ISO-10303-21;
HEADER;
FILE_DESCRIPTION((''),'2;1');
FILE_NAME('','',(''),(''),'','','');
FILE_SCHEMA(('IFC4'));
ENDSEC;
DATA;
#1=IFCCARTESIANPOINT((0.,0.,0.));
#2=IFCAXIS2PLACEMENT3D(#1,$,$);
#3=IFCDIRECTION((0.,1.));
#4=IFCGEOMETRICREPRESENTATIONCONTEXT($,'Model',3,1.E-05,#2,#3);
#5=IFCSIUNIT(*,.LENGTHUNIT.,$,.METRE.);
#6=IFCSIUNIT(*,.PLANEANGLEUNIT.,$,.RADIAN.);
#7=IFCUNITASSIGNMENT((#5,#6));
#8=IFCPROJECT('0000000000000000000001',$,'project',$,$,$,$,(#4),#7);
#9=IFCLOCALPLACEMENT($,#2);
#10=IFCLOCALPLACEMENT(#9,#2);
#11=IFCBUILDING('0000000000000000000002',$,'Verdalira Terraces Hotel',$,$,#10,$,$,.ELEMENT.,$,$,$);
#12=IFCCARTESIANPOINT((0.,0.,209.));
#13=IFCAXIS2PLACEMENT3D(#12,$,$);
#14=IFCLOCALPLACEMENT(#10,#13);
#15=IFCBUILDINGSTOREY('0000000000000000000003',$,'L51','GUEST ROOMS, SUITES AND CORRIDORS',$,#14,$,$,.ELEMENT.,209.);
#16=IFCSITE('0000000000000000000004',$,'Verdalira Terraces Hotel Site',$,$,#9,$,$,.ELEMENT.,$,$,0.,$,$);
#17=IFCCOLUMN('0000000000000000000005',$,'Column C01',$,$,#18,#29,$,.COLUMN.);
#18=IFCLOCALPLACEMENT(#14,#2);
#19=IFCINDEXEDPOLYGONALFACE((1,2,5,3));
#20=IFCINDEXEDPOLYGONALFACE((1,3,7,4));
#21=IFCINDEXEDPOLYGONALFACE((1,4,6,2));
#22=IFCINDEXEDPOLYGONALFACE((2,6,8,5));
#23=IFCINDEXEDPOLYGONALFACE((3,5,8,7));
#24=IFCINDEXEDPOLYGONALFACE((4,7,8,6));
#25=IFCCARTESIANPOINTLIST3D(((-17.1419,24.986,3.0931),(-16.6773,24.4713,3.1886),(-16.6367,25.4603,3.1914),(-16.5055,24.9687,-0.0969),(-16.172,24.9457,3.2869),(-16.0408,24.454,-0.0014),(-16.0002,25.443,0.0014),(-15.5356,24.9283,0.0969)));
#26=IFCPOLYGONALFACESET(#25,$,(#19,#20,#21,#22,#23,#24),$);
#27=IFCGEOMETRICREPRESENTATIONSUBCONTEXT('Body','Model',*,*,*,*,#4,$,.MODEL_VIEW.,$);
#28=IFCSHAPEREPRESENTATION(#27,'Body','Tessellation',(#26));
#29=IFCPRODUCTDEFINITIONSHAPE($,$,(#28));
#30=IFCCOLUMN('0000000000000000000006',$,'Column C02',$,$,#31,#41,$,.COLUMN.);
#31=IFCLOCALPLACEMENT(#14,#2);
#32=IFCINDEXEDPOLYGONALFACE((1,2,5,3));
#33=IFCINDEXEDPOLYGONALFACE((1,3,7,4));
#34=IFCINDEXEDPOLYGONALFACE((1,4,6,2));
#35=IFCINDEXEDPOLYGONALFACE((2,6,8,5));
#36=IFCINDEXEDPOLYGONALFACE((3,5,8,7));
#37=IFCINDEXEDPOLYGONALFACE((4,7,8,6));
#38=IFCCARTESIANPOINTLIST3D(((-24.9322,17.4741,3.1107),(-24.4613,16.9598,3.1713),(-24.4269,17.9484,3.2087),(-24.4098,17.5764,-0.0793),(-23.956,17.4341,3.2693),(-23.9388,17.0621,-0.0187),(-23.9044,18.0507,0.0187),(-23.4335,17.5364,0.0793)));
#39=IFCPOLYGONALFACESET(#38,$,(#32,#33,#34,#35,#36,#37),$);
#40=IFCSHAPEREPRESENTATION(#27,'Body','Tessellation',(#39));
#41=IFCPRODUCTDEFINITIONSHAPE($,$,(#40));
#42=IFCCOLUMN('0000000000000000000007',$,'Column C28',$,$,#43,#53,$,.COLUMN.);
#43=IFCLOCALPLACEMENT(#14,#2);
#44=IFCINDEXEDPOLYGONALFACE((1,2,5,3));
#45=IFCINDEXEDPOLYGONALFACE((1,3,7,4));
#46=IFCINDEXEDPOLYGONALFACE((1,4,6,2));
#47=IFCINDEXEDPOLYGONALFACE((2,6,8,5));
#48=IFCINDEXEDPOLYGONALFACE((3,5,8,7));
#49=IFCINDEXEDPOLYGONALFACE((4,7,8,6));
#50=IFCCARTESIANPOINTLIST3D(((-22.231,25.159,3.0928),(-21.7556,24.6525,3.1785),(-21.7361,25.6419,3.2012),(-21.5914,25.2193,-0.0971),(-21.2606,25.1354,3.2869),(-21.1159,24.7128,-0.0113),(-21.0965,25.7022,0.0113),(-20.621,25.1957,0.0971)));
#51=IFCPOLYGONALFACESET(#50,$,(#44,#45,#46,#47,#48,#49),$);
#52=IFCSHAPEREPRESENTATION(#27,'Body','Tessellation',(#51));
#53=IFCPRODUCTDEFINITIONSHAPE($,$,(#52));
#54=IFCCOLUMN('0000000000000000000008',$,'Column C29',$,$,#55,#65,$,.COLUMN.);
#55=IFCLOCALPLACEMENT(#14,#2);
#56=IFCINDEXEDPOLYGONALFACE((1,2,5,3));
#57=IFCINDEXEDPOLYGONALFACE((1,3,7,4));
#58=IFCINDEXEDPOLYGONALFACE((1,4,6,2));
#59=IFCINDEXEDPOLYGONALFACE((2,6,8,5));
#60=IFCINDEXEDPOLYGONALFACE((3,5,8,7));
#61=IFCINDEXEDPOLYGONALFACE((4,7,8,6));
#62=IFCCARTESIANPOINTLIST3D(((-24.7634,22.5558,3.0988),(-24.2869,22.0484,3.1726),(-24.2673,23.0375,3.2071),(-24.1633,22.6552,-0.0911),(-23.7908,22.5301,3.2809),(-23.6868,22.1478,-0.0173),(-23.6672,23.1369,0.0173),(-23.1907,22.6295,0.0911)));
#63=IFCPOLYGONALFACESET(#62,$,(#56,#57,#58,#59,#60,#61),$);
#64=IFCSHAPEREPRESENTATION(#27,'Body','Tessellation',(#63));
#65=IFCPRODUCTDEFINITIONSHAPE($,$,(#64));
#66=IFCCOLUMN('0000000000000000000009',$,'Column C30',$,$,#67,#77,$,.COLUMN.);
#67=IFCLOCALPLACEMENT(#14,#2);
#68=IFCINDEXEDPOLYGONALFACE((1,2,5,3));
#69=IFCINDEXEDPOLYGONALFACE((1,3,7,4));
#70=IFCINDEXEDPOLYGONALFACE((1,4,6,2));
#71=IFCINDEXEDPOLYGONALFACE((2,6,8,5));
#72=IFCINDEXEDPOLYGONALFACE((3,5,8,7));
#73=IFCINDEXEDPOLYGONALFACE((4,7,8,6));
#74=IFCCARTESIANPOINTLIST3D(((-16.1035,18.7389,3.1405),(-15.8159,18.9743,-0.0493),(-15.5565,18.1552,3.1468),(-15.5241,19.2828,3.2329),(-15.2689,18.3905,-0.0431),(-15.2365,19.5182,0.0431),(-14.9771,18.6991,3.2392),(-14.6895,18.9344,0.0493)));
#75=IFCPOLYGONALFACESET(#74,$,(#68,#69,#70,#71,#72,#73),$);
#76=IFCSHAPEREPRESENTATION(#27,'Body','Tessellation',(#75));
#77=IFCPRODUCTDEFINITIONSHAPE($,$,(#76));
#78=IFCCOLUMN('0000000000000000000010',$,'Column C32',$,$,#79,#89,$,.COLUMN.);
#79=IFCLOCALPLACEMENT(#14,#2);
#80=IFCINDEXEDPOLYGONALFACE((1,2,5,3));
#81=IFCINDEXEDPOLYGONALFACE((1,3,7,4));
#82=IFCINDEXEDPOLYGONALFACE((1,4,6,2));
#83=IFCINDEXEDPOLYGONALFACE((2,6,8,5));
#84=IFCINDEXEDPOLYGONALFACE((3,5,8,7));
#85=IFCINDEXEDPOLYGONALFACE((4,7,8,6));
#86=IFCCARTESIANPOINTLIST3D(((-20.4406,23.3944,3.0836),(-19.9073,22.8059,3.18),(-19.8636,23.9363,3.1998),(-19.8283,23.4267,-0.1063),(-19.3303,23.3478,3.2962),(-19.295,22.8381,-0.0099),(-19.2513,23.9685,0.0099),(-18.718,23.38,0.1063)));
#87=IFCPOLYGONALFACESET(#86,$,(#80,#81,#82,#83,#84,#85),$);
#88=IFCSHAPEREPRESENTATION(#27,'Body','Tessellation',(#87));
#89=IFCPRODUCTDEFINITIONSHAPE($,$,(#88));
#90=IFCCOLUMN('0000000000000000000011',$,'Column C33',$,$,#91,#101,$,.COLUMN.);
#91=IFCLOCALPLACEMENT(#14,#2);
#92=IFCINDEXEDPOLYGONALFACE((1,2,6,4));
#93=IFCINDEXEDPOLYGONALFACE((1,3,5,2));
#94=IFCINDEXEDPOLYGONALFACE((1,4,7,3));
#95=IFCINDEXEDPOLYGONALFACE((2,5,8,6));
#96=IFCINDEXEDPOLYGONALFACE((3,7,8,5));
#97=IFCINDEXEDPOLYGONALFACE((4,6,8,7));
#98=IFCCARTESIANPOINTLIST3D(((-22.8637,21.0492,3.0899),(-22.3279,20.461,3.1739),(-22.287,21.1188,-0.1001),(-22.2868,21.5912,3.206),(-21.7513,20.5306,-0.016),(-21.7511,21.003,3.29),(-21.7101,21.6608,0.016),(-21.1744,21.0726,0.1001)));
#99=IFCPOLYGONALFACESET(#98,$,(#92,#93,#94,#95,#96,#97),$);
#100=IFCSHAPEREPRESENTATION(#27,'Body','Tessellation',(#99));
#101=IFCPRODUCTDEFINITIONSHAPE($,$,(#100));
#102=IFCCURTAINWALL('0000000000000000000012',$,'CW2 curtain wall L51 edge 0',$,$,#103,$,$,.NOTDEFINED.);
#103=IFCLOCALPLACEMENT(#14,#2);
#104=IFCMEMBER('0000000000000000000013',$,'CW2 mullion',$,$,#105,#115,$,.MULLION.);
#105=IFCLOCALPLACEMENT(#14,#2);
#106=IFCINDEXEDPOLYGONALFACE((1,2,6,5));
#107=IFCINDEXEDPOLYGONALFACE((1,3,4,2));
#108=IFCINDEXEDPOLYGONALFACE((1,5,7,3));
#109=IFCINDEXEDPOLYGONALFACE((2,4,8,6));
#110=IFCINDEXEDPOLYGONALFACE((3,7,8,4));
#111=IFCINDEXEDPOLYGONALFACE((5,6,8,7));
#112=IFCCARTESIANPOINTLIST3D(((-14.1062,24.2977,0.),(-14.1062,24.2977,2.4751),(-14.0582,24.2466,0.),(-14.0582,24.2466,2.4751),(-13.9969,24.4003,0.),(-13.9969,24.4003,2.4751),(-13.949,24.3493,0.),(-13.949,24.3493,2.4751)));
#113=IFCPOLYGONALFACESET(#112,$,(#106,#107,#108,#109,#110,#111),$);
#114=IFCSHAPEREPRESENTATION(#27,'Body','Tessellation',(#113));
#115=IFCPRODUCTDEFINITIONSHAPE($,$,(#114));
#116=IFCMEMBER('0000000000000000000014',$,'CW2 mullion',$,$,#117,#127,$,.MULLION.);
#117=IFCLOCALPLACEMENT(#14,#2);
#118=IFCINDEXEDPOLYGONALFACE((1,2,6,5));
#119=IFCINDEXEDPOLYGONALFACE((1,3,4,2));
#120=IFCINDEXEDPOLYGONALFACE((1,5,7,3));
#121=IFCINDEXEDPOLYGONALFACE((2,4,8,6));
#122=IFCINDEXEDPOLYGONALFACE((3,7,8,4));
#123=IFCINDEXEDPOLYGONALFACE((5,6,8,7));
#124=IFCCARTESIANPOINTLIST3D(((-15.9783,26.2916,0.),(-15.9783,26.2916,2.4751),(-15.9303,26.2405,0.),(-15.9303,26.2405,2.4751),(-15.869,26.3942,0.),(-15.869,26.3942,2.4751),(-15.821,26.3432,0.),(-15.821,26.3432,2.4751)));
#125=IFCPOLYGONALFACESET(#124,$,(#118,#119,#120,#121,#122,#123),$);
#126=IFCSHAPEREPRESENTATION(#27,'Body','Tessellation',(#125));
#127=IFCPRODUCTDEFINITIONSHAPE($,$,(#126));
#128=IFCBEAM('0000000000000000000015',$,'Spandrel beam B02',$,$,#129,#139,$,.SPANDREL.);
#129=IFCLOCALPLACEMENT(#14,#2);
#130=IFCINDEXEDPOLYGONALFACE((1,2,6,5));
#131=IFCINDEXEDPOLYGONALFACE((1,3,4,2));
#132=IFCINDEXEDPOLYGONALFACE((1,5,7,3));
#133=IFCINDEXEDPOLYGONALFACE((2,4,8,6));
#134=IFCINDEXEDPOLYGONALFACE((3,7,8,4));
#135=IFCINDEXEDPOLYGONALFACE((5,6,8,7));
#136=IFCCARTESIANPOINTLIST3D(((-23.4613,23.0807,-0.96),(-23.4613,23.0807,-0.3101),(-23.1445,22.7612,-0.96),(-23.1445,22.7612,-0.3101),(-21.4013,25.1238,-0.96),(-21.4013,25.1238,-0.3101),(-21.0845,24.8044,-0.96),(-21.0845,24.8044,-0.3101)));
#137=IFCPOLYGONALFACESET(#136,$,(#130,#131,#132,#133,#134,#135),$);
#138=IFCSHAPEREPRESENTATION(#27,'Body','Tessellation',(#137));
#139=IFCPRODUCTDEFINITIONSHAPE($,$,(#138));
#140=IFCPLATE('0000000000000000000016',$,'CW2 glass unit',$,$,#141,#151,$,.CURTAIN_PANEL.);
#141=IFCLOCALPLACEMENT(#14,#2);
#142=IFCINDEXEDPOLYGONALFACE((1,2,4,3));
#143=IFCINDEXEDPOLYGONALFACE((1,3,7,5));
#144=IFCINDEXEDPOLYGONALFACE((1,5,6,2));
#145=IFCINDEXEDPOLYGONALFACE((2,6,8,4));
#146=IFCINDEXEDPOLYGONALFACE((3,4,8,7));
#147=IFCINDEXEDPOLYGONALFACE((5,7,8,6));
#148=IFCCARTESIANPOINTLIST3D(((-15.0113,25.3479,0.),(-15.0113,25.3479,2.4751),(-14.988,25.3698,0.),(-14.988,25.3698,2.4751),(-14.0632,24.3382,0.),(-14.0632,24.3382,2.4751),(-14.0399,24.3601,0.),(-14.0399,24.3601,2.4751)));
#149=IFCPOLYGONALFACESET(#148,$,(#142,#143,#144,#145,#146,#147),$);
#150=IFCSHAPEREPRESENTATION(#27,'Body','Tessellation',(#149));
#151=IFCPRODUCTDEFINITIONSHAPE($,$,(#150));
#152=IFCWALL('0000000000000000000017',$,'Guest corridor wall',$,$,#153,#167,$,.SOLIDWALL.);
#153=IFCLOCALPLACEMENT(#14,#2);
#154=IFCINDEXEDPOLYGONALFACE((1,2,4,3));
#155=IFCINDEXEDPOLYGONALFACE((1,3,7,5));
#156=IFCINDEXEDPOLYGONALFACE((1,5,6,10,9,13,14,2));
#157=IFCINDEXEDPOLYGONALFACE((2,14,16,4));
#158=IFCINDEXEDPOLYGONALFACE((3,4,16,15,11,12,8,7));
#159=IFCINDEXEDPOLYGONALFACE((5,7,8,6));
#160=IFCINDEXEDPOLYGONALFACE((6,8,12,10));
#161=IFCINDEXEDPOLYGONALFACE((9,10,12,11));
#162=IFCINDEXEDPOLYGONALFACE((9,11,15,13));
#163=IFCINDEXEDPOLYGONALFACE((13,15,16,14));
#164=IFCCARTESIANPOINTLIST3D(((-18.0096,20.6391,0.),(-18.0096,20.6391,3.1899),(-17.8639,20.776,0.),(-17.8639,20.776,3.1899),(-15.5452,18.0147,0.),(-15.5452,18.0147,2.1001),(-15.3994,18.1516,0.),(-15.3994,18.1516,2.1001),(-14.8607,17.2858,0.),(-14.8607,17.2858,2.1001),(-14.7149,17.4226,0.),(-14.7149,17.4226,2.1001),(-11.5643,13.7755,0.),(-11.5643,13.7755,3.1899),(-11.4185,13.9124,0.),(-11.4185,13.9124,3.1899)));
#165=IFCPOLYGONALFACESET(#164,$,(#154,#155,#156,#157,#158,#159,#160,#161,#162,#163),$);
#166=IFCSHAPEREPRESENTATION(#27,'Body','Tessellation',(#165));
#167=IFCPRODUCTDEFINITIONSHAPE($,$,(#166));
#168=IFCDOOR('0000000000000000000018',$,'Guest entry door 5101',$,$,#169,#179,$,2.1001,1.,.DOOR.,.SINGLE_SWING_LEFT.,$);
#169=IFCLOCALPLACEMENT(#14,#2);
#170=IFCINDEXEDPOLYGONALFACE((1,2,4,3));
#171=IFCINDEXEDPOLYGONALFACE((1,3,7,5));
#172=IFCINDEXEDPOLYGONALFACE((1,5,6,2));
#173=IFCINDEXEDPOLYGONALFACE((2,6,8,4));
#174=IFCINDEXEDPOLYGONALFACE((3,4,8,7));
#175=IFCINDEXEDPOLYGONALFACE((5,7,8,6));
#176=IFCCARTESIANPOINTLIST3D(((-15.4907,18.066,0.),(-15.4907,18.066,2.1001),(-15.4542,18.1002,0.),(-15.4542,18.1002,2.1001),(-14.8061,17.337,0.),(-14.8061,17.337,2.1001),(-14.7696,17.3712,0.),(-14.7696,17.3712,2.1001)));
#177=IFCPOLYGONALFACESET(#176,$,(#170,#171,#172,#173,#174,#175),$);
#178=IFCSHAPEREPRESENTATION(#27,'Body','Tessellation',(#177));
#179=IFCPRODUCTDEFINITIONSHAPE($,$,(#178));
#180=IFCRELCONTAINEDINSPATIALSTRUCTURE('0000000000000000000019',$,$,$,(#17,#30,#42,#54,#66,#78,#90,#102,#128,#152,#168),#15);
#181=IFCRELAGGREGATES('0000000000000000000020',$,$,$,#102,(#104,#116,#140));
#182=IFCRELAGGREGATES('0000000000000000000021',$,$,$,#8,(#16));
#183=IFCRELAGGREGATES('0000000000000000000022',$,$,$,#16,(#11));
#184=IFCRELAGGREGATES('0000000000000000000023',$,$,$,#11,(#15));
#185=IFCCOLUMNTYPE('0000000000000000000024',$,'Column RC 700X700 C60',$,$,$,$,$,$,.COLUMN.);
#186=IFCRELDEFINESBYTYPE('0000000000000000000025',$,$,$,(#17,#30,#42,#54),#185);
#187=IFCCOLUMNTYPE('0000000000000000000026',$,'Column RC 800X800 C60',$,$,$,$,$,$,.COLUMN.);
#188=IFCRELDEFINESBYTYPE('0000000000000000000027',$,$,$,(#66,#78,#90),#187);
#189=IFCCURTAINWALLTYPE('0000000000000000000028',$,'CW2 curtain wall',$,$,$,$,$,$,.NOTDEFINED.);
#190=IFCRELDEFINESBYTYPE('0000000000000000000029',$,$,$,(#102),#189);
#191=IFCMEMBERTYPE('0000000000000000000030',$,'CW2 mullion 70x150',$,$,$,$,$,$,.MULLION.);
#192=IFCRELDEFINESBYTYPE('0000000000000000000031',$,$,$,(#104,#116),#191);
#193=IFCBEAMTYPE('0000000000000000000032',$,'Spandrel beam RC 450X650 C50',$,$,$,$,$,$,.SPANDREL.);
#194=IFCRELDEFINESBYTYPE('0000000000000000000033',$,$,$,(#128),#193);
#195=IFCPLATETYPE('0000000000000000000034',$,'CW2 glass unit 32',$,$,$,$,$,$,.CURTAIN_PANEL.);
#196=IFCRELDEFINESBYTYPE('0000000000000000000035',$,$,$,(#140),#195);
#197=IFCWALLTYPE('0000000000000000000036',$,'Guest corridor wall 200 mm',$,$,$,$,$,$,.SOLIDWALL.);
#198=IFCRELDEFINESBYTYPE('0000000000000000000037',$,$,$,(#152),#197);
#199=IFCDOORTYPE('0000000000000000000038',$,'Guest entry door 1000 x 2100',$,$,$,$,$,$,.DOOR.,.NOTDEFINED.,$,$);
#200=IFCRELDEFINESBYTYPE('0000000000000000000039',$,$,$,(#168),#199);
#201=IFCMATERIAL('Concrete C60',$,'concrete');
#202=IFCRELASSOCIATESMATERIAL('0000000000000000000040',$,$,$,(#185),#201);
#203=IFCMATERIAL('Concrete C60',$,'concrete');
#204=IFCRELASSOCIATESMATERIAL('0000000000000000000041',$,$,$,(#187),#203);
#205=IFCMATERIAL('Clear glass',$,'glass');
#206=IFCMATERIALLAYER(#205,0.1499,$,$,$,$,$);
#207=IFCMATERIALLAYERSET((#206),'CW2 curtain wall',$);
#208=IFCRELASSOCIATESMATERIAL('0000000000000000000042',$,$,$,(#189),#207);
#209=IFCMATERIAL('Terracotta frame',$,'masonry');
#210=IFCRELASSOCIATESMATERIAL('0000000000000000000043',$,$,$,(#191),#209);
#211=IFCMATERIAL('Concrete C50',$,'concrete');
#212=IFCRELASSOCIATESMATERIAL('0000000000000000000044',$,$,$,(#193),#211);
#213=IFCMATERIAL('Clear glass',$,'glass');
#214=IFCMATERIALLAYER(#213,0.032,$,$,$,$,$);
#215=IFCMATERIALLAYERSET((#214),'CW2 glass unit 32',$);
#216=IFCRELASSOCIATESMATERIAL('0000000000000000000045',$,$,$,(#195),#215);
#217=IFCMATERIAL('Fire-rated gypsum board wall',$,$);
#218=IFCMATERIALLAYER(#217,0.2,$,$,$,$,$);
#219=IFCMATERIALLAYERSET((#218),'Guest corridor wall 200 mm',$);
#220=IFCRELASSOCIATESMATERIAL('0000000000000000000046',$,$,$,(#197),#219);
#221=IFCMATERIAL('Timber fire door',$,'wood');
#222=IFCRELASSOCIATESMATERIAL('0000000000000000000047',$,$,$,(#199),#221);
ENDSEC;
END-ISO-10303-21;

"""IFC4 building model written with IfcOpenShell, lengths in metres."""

from ifc_helpers import new_model, si_unit, direction, frame, frame_2d, origin, origin_2d, place, context, subcontext, project, spatial, rectangle, extrude, material, layer, layer_set, material_profile, profile_set, type_object, element, fill, aggregate, save


model = new_model("IFC4")

# Units and contexts
model_context = context("Model", 3, precision=1e-05, world=origin(), true_north=direction((0.0, 1.0)))
body_context = subcontext(model_context, "Body", "Model", "MODEL_VIEW")
ifc_project = project(units=[si_unit("LENGTHUNIT", "METRE"), si_unit("PLANEANGLEUNIT", "RADIAN")], contexts=[model_context])

# Site, building, storey
site_placement = place(None, origin())
site = spatial("IfcSite", under=ifc_project, at=site_placement, Name="Verdalira Terraces Hotel Site", CompositionType="ELEMENT", RefElevation=0.0)
building_placement = place(site_placement, origin())
building = spatial("IfcBuilding", under=site, at=building_placement, Name="Verdalira Terraces Hotel", CompositionType="ELEMENT")
storey_placement = place(building_placement, frame((0.0, 0.0, 209.0)))
storey = spatial("IfcBuildingStorey", under=building, at=storey_placement, Name="L51", Description="GUEST ROOMS, SUITES AND CORRIDORS", CompositionType="ELEMENT", Elevation=209.0)

# Columns
ifc_material_1 = material(Name="Concrete C60", Category="concrete")
ifc_material_profile_1 = material_profile(ifc_material_1, rectangle(XDim=0.7, YDim=0.7, at=origin_2d()), Name="RC 700X700")
ifc_profile_set_1 = profile_set([ifc_material_profile_1], Name="Concrete C60")
column_type_1 = type_object("IfcColumnType", Name="Column RC 700X700 C60", PredefinedType="COLUMN", material=ifc_profile_set_1)
column_1_placement = place(storey_placement, frame((-16.0205, 24.9485, 0.0), z_axis=(-0.195666, 0.005329, 0.980656), x_axis=(-0.663843, 0.735319, -0.136449)))
element("IfcColumn", 1, at=column_1_placement, inside=storey, type_object=column_type_1, Name="Column C01", PredefinedType="COLUMN", context=body_context, shape_type="SweptSolid", body=[
    extrude(rectangle(XDim=0.7, YDim=0.7, at=origin_2d()), origin(), (0.0, 0.0, 1.0), 3.2529),
])
column_2_placement = place(storey_placement, frame((-23.9216, 17.5564, 0.0), z_axis=(-0.161549, -0.03163, 0.986358), x_axis=(0.672796, -0.734739, 0.086632)))
element("IfcColumn", 2, at=column_2_placement, inside=storey, type_object=column_type_1, Name="Column C02", PredefinedType="COLUMN", context=body_context, shape_type="SweptSolid", body=[
    extrude(rectangle(XDim=0.7, YDim=0.7, at=origin_2d()), origin(), (0.0, 0.0, 1.0), 3.2341),
])
column_3_placement = place(storey_placement, frame((-21.1062, 25.2075, 0.0), z_axis=(-0.196573, -0.018532, 0.980314), x_axis=(-0.70709, -0.689965, -0.154829)))
element("IfcColumn", 3, at=column_3_placement, inside=storey, type_object=column_type_1, Name="Column C28", PredefinedType="COLUMN", context=body_context, shape_type="SweptSolid", body=[
    extrude(rectangle(XDim=0.7, YDim=0.7, at=origin_2d()), origin(), (0.0, 0.0, 1.0), 3.2539),
])
column_4_placement = place(storey_placement, frame((-23.677, 22.6423, 0.0), z_axis=(-0.184792, -0.030598, 0.982301), x_axis=(-0.708821, -0.688197, -0.154782)))
element("IfcColumn", 4, at=column_4_placement, inside=storey, type_object=column_type_1, Name="Column C29", PredefinedType="COLUMN", context=body_context, shape_type="SweptSolid", body=[
    extrude(rectangle(XDim=0.7, YDim=0.7, at=origin_2d()), origin(), (0.0, 0.0, 1.0), 3.2473),
])
ifc_material_2 = material(Name="Concrete C60", Category="concrete")
ifc_material_profile_2 = material_profile(ifc_material_2, rectangle(XDim=0.8, YDim=0.8, at=origin_2d()), Name="RC 800X800")
ifc_profile_set_2 = profile_set([ifc_material_profile_2], Name="Concrete C60")
column_type_2 = type_object("IfcColumnType", Name="Column RC 800X800 C60", PredefinedType="COLUMN", material=ifc_profile_set_2)
column_5_placement = place(storey_placement, frame((-15.2527, 18.9543, 0.0), z_axis=(-0.089552, -0.073284, 0.993282), x_axis=(-0.683748, 0.729676, -0.00781)))
element("IfcColumn", 5, at=column_5_placement, inside=storey, type_object=column_type_2, Name="Column C30", PredefinedType="COLUMN", context=body_context, shape_type="SweptSolid", body=[
    extrude(rectangle(XDim=0.8, YDim=0.8, at=origin_2d()), origin(), (0.0, 0.0, 1.0), 3.2114),
])
column_6_placement = place(storey_placement, frame((-19.2732, 23.4033, 0.0), z_axis=(-0.188498, -0.009921, 0.982023), x_axis=(-0.666575, 0.735632, -0.120516)))
element("IfcColumn", 6, at=column_6_placement, inside=storey, type_object=column_type_2, Name="Column C32", PredefinedType="COLUMN", context=body_context, shape_type="SweptSolid", body=[
    extrude(rectangle(XDim=0.8, YDim=0.8, at=origin_2d()), origin(), (0.0, 0.0, 1.0), 3.2483),
])
column_7_placement = place(storey_placement, frame((-21.7307, 21.0957, 0.0), z_axis=(-0.17785, -0.021459, 0.983824), x_axis=(-0.669649, 0.735215, -0.105019)))
element("IfcColumn", 7, at=column_7_placement, inside=storey, type_object=column_type_2, Name="Column C33", PredefinedType="COLUMN", context=body_context, shape_type="SweptSolid", body=[
    extrude(rectangle(XDim=0.8, YDim=0.8, at=origin_2d()), origin(), (0.0, 0.0, 1.0), 3.2424),
])

# Curtain wall, members
ifc_material_3 = material(Name="Clear glass", Category="glass")
ifc_layer_1 = layer(ifc_material_3, 0.1499)
ifc_layer_set_1 = layer_set([ifc_layer_1], Name="CW2 curtain wall")
curtain_wall_type = type_object("IfcCurtainWallType", Name="CW2 curtain wall", PredefinedType="NOTDEFINED", material=ifc_layer_set_1)
curtain_wall_placement = place(storey_placement, origin())
curtain_wall = element("IfcCurtainWall", 8, at=curtain_wall_placement, inside=storey, type_object=curtain_wall_type, Name="CW2 curtain wall L51 edge 0", PredefinedType="NOTDEFINED")
ifc_material_4 = material(Name="Terracotta frame", Category="masonry")
ifc_material_profile_3 = material_profile(ifc_material_4, rectangle(XDim=0.0701, YDim=0.1499, at=origin_2d()), Name="MU 70x150")
ifc_profile_set_3 = profile_set([ifc_material_profile_3], Name="Terracotta frame")
member_type = type_object("IfcMemberType", Name="CW2 mullion 70x150", PredefinedType="MULLION", material=ifc_profile_set_3)
member_1_placement = place(storey_placement, frame((-14.0276, 24.3235, 0.0), z_axis=(0.0, 0.0, 1.0), x_axis=(-0.684547, 0.728969, 0.0)))
member_1 = element("IfcMember", 9, at=member_1_placement, type_object=member_type, Name="CW2 mullion", PredefinedType="MULLION", context=body_context, shape_type="SweptSolid", body=[
    extrude(rectangle(XDim=0.0701, YDim=0.1499, at=origin_2d()), origin(), (0.0, 0.0, 1.0), 2.4751),
])
member_2_placement = place(storey_placement, frame((-15.8997, 26.3174, 0.0), z_axis=(0.0, 0.0, 1.0), x_axis=(-0.684547, 0.728969, 0.0)))
member_2 = element("IfcMember", 10, at=member_2_placement, type_object=member_type, Name="CW2 mullion", PredefinedType="MULLION", context=body_context, shape_type="SweptSolid", body=[
    extrude(rectangle(XDim=0.0701, YDim=0.1499, at=origin_2d()), origin(), (0.0, 0.0, 1.0), 2.4751),
])

# Beam
ifc_material_5 = material(Name="Concrete C50", Category="concrete")
ifc_material_profile_4 = material_profile(ifc_material_5, rectangle(XDim=0.45, YDim=0.6499, at=origin_2d()), Name="RC 450X650")
ifc_profile_set_4 = profile_set([ifc_material_profile_4], Name="Concrete C50")
beam_type = type_object("IfcBeamType", Name="Spandrel beam RC 450X650 C50", PredefinedType="SPANDREL", material=ifc_profile_set_4)
beam_placement = place(storey_placement, frame((-21.2429, 24.9641, -0.635), z_axis=(-0.710004, -0.704198, 0.0), x_axis=(0.704198, -0.710004, 0.0)))
element("IfcBeam", 11, at=beam_placement, inside=storey, type_object=beam_type, Name="Spandrel beam B02", PredefinedType="SPANDREL", context=body_context, shape_type="SweptSolid", body=[
    extrude(rectangle(XDim=0.45, YDim=0.6499, at=origin_2d()), origin(), (0.0, 0.0, 1.0), 2.9014),
])

# Plate
ifc_material_6 = material(Name="Clear glass", Category="glass")
ifc_layer_2 = layer(ifc_material_6, 0.032)
ifc_layer_set_2 = layer_set([ifc_layer_2], Name="CW2 glass unit 32")
plate_type = type_object("IfcPlateType", Name="CW2 glass unit 32", PredefinedType="CURTAIN_PANEL", material=ifc_layer_set_2)
plate_placement = place(storey_placement, frame((-14.5256, 24.854, 0.0), z_axis=(0.0, 0.0, 1.0), x_axis=(-0.684547, 0.728969, 0.0)))
plate = element("IfcPlate", 12, at=plate_placement, type_object=plate_type, Name="CW2 glass unit", PredefinedType="CURTAIN_PANEL", context=body_context, shape_type="SweptSolid", body=[
    extrude(rectangle(XDim=1.385, YDim=0.032, at=origin_2d()), origin(), (0.0, 0.0, 1.0), 2.4751),
])
aggregate(curtain_wall, [member_1, member_2, plate])

# Wall, opening, door
ifc_material_7 = material(Name="Fire-rated gypsum board wall")
ifc_layer_3 = layer(ifc_material_7, 0.2)
ifc_layer_set_3 = layer_set([ifc_layer_3], Name="Guest corridor wall 200 mm")
wall_type_1 = type_object("IfcWallType", Name="Guest corridor wall 200 mm", PredefinedType="SOLIDWALL", material=ifc_layer_set_3)
wall_1_placement = place(storey_placement, frame((-17.9368, 20.7075, 0.0), z_axis=(0.0, 0.0, 1.0), x_axis=(0.684549, -0.728967, 0.0)))
wall_1 = element("IfcWall", 13, at=wall_1_placement, inside=storey, type_object=wall_type_1, Name="Guest corridor wall", PredefinedType="SOLIDWALL", context=body_context, shape_type="SweptSolid", body=[
    extrude(rectangle(XDim=9.4155, YDim=0.2, at=frame_2d((4.7078, 0.0))), origin(), (0.0, 0.0, 1.0), 3.1899),
])
opening_placement = place(wall_1_placement, frame((3.6001, 0.0, 0.0)))
opening = element("IfcOpeningElement", 14, at=opening_placement, cuts=wall_1, PredefinedType="OPENING", context=body_context, shape_type="SweptSolid", body=[
    extrude(rectangle(XDim=1.0, YDim=2.1001, at=frame_2d((0.5, 1.05))), frame((0.0, 0.1099, 0.0), z_axis=(0.0, -1.0, 0.0), x_axis=(1.0, 0.0, 0.0)), (0.0, 0.0, 1.0), 0.22),
])
ifc_material_8 = material(Name="Timber fire door", Category="wood")
door_type = type_object("IfcDoorType", Name="Guest entry door 1000 x 2100", OperationType="NOTDEFINED", PredefinedType="DOOR", material=ifc_material_8)
door_placement = place(opening_placement, origin())
door = element("IfcDoor", 15, at=door_placement, inside=storey, type_object=door_type, Name="Guest entry door 5101", OperationType="SINGLE_SWING_LEFT", OverallHeight=2.1001, OverallWidth=1.0, PredefinedType="DOOR", context=body_context, shape_type="SweptSolid", body=[
    extrude(rectangle(XDim=1.0, YDim=2.1001, at=frame_2d((0.5, 1.05))), frame((0.0, 0.0249, 0.0), z_axis=(0.0, -1.0, 0.0), x_axis=(1.0, 0.0, 0.0)), (0.0, 0.0, 1.0), 0.05),
])
fill(opening, door)

save(model, "model.ifc")
